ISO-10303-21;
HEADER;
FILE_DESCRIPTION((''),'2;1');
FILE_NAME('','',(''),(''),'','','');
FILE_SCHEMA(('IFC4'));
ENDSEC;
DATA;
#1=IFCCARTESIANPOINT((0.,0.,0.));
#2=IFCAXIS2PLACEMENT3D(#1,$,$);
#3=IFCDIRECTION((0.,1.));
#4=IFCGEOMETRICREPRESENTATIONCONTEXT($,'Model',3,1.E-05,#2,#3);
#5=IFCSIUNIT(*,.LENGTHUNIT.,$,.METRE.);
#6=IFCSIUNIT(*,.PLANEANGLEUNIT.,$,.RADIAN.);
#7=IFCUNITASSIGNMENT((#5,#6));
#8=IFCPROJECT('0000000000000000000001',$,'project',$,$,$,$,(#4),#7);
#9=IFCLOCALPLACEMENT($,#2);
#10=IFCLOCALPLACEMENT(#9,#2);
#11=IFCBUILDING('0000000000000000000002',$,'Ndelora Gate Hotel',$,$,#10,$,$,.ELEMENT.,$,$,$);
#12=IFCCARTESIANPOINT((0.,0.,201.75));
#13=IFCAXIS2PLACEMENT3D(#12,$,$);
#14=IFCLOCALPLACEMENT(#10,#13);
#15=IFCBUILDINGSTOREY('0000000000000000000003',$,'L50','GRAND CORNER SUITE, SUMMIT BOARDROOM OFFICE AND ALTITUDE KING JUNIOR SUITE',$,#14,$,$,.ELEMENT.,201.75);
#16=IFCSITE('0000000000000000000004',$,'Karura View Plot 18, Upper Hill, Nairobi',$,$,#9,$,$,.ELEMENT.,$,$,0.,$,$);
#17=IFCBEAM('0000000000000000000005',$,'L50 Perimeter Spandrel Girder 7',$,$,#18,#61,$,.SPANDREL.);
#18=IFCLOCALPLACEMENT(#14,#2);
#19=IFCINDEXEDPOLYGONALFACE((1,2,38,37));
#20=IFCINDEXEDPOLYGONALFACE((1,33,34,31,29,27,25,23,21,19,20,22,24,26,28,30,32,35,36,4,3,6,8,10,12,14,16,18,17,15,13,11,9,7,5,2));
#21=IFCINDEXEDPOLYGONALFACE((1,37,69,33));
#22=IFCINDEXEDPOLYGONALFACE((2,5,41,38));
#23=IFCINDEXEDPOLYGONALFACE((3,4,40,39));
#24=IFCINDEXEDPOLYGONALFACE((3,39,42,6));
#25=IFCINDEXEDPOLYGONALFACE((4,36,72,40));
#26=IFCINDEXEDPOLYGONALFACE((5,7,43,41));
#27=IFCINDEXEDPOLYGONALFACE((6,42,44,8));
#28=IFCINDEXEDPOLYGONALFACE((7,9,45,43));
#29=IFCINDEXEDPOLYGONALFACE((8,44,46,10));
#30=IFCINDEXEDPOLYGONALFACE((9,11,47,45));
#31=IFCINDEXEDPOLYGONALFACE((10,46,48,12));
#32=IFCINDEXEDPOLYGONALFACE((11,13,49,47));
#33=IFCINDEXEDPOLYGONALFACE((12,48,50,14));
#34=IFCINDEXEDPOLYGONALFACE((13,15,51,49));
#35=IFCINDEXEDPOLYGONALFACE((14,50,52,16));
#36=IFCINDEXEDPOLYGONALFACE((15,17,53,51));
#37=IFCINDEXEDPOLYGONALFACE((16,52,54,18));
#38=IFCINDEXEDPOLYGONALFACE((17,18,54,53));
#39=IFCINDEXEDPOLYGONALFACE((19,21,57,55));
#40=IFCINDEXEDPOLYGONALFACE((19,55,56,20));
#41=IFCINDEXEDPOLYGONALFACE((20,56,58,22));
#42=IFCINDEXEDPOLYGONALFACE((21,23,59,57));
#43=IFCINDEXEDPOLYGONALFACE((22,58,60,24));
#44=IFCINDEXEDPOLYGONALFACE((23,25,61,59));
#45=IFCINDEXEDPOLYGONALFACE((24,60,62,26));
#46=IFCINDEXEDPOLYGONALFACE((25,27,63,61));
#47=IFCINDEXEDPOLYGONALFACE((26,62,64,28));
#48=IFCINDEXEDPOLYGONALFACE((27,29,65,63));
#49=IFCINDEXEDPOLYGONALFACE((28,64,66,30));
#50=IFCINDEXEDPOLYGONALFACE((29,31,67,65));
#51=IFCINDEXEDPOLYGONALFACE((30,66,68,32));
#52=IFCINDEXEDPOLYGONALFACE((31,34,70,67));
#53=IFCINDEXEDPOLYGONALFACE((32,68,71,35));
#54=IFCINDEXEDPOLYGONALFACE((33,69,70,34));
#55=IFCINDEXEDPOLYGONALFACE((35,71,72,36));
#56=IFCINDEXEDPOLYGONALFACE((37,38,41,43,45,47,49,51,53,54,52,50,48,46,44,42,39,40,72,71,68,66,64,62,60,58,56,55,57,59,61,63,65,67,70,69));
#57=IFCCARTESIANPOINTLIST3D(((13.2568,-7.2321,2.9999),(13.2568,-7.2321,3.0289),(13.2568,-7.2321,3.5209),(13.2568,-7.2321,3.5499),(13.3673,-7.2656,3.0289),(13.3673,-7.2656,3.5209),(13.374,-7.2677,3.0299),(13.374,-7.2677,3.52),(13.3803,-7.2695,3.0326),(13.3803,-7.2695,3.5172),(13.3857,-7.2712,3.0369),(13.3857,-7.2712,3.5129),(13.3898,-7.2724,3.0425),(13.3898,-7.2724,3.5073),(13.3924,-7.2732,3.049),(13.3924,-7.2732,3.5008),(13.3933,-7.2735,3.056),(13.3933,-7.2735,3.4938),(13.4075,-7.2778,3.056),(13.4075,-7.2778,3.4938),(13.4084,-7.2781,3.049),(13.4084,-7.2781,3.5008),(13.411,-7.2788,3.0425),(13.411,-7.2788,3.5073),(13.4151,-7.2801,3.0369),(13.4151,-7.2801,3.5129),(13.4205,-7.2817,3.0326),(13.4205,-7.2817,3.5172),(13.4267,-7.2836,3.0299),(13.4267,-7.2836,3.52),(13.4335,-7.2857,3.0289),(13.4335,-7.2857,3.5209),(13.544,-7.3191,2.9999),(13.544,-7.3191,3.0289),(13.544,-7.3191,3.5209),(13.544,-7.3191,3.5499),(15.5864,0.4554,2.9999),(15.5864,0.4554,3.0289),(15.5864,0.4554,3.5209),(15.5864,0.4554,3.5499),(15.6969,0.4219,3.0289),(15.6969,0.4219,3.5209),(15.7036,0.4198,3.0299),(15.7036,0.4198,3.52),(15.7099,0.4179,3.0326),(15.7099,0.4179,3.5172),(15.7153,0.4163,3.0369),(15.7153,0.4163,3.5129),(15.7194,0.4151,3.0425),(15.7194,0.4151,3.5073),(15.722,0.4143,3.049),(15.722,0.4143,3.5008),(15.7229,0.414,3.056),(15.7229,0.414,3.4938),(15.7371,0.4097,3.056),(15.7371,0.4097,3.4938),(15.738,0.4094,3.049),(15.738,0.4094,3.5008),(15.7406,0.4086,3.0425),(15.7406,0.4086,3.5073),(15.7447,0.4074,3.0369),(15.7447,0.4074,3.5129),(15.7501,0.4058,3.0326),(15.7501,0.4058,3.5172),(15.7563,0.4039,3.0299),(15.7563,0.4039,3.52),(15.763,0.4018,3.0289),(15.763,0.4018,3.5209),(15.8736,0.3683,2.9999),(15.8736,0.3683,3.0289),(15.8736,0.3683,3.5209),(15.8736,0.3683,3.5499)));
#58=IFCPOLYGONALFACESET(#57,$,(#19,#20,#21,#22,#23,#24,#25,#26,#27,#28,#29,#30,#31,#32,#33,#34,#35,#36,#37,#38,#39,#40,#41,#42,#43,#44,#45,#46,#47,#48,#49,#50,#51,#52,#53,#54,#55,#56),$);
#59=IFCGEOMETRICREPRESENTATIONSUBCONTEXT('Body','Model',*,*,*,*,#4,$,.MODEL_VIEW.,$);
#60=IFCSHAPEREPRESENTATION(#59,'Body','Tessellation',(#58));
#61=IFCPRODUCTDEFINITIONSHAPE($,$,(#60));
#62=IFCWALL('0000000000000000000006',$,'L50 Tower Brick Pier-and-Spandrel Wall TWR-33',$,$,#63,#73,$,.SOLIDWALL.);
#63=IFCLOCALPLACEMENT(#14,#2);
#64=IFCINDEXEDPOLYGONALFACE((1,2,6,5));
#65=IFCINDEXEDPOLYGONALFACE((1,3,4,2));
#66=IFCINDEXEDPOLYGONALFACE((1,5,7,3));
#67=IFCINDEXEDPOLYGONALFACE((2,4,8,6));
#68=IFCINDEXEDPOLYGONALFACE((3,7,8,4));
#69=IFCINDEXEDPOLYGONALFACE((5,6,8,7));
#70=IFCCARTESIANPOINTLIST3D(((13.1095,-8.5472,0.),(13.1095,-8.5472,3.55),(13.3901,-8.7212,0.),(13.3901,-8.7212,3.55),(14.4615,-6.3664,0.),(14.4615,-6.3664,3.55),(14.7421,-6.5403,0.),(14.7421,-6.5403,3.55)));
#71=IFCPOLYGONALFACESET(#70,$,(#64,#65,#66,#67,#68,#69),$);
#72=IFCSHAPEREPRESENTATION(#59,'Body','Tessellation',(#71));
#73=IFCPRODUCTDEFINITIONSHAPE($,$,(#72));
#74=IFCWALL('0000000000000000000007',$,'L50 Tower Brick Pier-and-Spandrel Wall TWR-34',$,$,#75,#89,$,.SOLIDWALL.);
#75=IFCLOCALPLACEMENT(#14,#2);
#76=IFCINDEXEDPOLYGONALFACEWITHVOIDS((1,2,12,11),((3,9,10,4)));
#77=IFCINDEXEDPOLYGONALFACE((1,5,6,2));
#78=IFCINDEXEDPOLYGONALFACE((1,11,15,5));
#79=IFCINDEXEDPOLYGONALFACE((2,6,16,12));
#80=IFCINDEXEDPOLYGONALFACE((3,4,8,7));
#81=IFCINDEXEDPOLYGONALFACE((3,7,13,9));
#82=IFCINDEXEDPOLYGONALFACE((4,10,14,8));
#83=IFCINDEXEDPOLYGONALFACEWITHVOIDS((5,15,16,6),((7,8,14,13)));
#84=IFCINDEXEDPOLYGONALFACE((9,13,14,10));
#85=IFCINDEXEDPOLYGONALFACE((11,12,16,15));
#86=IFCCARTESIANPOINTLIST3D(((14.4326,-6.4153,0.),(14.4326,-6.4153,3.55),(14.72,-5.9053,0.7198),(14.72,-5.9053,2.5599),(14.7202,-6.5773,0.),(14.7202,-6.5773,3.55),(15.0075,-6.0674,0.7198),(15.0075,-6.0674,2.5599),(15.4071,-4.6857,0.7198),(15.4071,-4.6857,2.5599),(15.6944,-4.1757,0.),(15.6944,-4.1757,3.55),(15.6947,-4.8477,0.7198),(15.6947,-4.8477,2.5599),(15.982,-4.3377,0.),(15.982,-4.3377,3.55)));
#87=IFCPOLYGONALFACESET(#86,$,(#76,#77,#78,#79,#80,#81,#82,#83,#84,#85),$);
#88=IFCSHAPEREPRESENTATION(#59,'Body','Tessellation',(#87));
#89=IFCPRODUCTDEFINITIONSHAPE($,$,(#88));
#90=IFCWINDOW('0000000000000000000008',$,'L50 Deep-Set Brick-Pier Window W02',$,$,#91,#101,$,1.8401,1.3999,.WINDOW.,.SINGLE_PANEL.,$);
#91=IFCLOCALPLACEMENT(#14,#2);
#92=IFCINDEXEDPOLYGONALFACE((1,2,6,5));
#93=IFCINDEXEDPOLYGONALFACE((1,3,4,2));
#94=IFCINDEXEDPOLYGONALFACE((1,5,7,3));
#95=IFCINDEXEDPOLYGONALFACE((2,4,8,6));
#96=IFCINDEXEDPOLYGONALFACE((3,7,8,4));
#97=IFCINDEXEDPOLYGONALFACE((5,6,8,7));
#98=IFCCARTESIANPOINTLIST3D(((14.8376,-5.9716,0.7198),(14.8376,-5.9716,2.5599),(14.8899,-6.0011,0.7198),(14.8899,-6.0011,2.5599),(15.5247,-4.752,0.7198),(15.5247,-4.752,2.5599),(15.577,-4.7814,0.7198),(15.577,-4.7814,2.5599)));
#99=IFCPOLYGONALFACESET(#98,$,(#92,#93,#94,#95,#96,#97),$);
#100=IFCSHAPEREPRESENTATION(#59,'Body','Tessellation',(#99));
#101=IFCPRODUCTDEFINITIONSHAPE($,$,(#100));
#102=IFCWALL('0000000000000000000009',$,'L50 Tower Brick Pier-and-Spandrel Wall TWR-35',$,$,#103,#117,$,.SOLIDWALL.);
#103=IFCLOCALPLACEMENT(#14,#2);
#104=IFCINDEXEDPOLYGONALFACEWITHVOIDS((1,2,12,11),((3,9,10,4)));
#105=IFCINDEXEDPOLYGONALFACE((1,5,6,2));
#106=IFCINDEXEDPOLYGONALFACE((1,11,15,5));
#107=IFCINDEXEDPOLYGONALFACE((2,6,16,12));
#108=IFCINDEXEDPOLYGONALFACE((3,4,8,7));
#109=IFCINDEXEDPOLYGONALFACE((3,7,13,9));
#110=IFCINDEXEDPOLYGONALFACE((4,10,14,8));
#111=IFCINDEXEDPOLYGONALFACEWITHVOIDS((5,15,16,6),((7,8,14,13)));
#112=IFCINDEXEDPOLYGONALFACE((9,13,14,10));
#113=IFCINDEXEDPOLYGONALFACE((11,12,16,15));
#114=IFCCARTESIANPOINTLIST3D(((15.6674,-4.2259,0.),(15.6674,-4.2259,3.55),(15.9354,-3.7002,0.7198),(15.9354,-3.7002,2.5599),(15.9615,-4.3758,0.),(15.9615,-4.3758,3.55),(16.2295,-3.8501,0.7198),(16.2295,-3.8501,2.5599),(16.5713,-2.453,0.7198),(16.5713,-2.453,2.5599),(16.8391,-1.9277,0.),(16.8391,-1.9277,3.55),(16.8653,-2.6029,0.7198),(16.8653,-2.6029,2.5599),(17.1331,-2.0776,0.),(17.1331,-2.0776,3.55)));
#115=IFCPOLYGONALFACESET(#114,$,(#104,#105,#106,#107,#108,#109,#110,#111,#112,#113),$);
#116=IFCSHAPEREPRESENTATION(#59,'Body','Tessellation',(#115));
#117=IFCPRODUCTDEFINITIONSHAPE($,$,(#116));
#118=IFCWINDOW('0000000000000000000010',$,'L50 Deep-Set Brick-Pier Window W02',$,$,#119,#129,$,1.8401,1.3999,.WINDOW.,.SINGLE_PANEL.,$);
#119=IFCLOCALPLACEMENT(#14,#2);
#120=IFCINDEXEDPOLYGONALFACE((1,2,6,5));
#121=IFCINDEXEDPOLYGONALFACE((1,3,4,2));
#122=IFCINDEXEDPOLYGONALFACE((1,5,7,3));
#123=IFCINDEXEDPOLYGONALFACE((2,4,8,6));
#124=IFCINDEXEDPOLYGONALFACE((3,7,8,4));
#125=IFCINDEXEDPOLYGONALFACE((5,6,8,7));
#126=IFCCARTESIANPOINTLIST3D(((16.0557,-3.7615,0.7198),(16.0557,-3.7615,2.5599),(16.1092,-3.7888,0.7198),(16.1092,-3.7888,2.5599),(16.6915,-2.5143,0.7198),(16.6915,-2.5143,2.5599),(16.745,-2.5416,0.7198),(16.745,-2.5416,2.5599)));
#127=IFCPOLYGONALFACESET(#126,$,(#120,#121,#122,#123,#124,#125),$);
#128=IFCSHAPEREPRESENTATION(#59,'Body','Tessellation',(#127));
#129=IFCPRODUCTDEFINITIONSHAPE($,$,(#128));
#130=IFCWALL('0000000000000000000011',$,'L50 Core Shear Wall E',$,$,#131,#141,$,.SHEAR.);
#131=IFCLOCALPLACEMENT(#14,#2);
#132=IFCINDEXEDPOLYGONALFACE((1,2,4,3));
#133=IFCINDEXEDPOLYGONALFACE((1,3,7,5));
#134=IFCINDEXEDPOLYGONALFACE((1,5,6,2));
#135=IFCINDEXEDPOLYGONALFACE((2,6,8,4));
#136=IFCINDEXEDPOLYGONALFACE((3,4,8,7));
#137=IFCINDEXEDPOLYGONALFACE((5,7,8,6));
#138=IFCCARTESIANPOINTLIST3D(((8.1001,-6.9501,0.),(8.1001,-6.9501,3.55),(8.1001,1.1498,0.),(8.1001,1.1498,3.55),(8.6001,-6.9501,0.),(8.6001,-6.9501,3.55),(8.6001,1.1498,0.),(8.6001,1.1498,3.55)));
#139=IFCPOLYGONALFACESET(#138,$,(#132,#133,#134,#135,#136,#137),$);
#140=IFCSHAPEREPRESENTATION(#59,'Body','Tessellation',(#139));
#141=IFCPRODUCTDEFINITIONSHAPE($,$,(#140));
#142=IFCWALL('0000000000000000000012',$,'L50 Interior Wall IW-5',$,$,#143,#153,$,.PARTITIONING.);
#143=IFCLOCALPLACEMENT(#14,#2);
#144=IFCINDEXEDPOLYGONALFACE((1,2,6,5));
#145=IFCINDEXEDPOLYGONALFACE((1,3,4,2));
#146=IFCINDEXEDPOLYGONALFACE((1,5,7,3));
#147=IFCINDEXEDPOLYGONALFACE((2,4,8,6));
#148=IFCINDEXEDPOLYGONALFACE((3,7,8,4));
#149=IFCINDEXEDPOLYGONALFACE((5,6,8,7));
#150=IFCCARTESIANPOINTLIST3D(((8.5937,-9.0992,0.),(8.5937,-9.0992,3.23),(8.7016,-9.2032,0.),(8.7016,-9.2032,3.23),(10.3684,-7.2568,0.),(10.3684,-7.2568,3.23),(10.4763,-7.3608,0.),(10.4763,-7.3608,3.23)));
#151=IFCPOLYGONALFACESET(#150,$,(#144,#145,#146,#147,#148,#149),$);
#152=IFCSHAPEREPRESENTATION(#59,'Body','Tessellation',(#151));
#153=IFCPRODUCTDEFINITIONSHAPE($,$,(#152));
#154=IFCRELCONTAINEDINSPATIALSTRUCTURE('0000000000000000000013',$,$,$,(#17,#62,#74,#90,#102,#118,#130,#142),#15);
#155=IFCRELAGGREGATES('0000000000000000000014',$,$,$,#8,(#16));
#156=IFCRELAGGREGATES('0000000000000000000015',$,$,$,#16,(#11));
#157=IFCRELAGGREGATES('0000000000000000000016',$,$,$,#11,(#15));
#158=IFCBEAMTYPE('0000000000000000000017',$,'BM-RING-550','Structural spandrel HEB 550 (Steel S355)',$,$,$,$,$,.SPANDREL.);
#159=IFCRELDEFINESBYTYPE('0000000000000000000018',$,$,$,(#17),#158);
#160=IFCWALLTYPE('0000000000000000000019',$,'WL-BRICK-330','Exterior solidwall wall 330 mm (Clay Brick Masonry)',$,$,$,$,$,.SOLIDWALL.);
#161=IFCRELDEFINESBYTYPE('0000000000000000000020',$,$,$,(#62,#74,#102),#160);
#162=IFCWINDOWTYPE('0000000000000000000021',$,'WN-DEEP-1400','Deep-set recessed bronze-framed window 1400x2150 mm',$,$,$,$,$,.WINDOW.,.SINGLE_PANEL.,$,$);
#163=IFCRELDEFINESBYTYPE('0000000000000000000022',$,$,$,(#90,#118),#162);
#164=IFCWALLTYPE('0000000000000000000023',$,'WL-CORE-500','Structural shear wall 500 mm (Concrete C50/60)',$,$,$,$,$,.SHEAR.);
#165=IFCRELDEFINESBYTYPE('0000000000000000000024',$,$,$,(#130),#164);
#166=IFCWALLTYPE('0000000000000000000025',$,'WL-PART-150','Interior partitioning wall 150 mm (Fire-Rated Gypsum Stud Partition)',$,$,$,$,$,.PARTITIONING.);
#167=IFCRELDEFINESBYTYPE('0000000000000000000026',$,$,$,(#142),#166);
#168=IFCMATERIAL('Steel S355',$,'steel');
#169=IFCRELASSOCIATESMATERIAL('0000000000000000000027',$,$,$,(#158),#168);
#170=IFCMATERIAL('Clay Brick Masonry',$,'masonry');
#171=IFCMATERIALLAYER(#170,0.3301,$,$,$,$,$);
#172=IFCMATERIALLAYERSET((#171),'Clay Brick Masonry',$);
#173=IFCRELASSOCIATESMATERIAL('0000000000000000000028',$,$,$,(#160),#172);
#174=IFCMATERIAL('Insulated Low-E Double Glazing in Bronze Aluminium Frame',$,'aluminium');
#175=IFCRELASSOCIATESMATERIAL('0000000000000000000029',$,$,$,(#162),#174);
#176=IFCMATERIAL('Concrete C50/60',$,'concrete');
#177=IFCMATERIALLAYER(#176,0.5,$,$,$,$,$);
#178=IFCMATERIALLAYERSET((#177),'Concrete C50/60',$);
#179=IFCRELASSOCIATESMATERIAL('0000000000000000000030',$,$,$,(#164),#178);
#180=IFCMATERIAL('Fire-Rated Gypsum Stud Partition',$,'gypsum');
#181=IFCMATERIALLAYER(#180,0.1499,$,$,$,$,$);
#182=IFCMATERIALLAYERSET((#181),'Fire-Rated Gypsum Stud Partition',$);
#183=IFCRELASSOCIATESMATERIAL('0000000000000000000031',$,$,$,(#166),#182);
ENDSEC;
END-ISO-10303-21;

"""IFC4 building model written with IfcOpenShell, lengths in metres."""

from ifc_helpers import new_model, si_unit, direction, frame, frame_2d, origin, origin_2d, place, context, subcontext, project, spatial, rectangle, i_section, extrude, material, layer, layer_set, material_profile, profile_set, type_object, element, fill, save


model = new_model("IFC4")

# Units and contexts
model_context = context("Model", 3, precision=1e-05, world=origin(), true_north=direction((0.0, 1.0)))
body_context = subcontext(model_context, "Body", "Model", "MODEL_VIEW")
ifc_project = project(units=[si_unit("LENGTHUNIT", "METRE"), si_unit("PLANEANGLEUNIT", "RADIAN")], contexts=[model_context])

# Site, building, storey
site_placement = place(None, origin())
site = spatial("IfcSite", under=ifc_project, at=site_placement, Name="Karura View Plot 18, Upper Hill, Nairobi", CompositionType="ELEMENT", RefElevation=0.0)
building_placement = place(site_placement, origin())
building = spatial("IfcBuilding", under=site, at=building_placement, Name="Ndelora Gate Hotel", CompositionType="ELEMENT")
storey_placement = place(building_placement, frame((0.0, 0.0, 201.75)))
storey = spatial("IfcBuildingStorey", under=building, at=storey_placement, Name="L50", Description="GRAND CORNER SUITE, SUMMIT BOARDROOM OFFICE AND ALTITUDE KING JUNIOR SUITE", CompositionType="ELEMENT", Elevation=201.75)

# Shared definitions
ifc_material_1 = material(Name="Concrete C50/60", Category="concrete")

# Beam
ifc_material_2 = material(Name="Steel S355", Category="steel")
ifc_material_profile_1 = material_profile(ifc_material_2, i_section(OverallWidth=0.3, OverallDepth=0.55, WebThickness=0.0149, FlangeThickness=0.0291, FilletRadius=0.0271, at=origin_2d()), Name="HEB 550")
ifc_profile_set_1 = profile_set([ifc_material_profile_1], Name="Steel S355")
beam_type_1 = type_object("IfcBeamType", Name="BM-RING-550", Description="Structural spandrel HEB 550 (Steel S355)", PredefinedType="SPANDREL", material=ifc_profile_set_1)
beam_1_placement = place(storey_placement, frame((13.4004, -7.2756, 3.2749), z_axis=(0.290012, 0.957023, 0.0), x_axis=(-0.957023, 0.290012, 0.0)))
element("IfcBeam", 1, at=beam_1_placement, inside=storey, type_object=beam_type_1, Name="L50 Perimeter Spandrel Girder 7", PredefinedType="SPANDREL", context=body_context, shape_type="SweptSolid", body=[
    extrude(i_section(OverallWidth=0.3, OverallDepth=0.55, WebThickness=0.0149, FlangeThickness=0.0291, FilletRadius=0.0271, at=origin_2d()), origin(), (0.0, 0.0, 1.0), 8.0327),
])

# Wall
ifc_material_3 = material(Name="Clay Brick Masonry", Category="masonry")
ifc_layer_1 = layer(ifc_material_3, 0.3301)
ifc_layer_set_1 = layer_set([ifc_layer_1], Name="Clay Brick Masonry")
wall_type_1 = type_object("IfcWallType", Name="WL-BRICK-330", Description="Exterior solidwall wall 330 mm (Clay Brick Masonry)", PredefinedType="SOLIDWALL", material=ifc_layer_set_1)
wall_1_placement = place(storey_placement, frame((14.6018, -6.4534, 0.0), z_axis=(0.0, 0.0, 1.0), x_axis=(-0.526908, -0.849922, 0.0)))
element("IfcWall", 2, at=wall_1_placement, inside=storey, type_object=wall_type_1, Name="L50 Tower Brick Pier-and-Spandrel Wall TWR-33", PredefinedType="SOLIDWALL", context=body_context, shape_type="SweptSolid", body=[
    extrude(rectangle(XDim=2.5659, YDim=0.3301, at=frame_2d((1.283, 0.0))), origin(), (0.0, 0.0, 1.0), 3.55),
])

# Walls, openings, windows
wall_2_placement = place(storey_placement, frame((15.8381, -4.2568, 0.0), z_axis=(0.0, 0.0, 1.0), x_axis=(-0.490852, -0.871243, 0.0)))
wall_2 = element("IfcWall", 3, at=wall_2_placement, inside=storey, type_object=wall_type_1, Name="L50 Tower Brick Pier-and-Spandrel Wall TWR-34", PredefinedType="SOLIDWALL", context=body_context, shape_type="SweptSolid", body=[
    extrude(rectangle(XDim=2.5706, YDim=0.3301, at=frame_2d((1.2852, 0.0))), origin(), (0.0, 0.0, 1.0), 3.55),
])
opening_1_placement = place(wall_2_placement, frame((0.5852, 0.0, 0.72)))
opening_1 = element("IfcOpeningElement", 4, at=opening_1_placement, cuts=wall_2, PredefinedType="OPENING", context=body_context, shape_type="SweptSolid", body=[
    extrude(rectangle(XDim=1.3999, YDim=1.8401, at=frame_2d((0.7, 0.9199))), frame((0.0, 0.175, 0.0), z_axis=(0.0, -1.0, 0.0), x_axis=(1.0, 0.0, 0.0)), (0.0, 0.0, 1.0), 0.3501),
])
ifc_material_4 = material(Name="Insulated Low-E Double Glazing in Bronze Aluminium Frame", Category="aluminium")
window_type = type_object("IfcWindowType", Name="WN-DEEP-1400", Description="Deep-set recessed bronze-framed window 1400x2150 mm", PartitioningType="SINGLE_PANEL", PredefinedType="WINDOW", material=ifc_material_4)
window_1_placement = place(opening_1_placement, origin())
window_1 = element("IfcWindow", 5, at=window_1_placement, inside=storey, type_object=window_type, Name="L50 Deep-Set Brick-Pier Window W02", OverallHeight=1.8401, OverallWidth=1.3999, PartitioningType="SINGLE_PANEL", PredefinedType="WINDOW", context=body_context, shape_type="SweptSolid", body=[
    extrude(rectangle(XDim=1.3999, YDim=1.8401, at=frame_2d((0.7, 0.9199))), frame((0.0, 0.03, 0.0), z_axis=(0.0, -1.0, 0.0), x_axis=(1.0, 0.0, 0.0)), (0.0, 0.0, 1.0), 0.0601),
])
fill(opening_1, window_1)
wall_3_placement = place(storey_placement, frame((16.9861, -2.0027, 0.0), z_axis=(0.0, 0.0, 1.0), x_axis=(-0.454204, -0.890898, 0.0)))
wall_3 = element("IfcWall", 6, at=wall_3_placement, inside=storey, type_object=wall_type_1, Name="L50 Tower Brick Pier-and-Spandrel Wall TWR-35", PredefinedType="SOLIDWALL", context=body_context, shape_type="SweptSolid", body=[
    extrude(rectangle(XDim=2.5796, YDim=0.3301, at=frame_2d((1.2898, 0.0))), origin(), (0.0, 0.0, 1.0), 3.55),
])
opening_2_placement = place(wall_3_placement, frame((0.5896, 0.0, 0.72)))
opening_2 = element("IfcOpeningElement", 7, at=opening_2_placement, cuts=wall_3, PredefinedType="OPENING", context=body_context, shape_type="SweptSolid", body=[
    extrude(rectangle(XDim=1.3999, YDim=1.8401, at=frame_2d((0.7, 0.9199))), frame((0.0, 0.175, 0.0), z_axis=(0.0, -1.0, 0.0), x_axis=(1.0, 0.0, 0.0)), (0.0, 0.0, 1.0), 0.3501),
])
window_2_placement = place(opening_2_placement, origin())
window_2 = element("IfcWindow", 8, at=window_2_placement, inside=storey, type_object=window_type, Name="L50 Deep-Set Brick-Pier Window W02", OverallHeight=1.8401, OverallWidth=1.3999, PartitioningType="SINGLE_PANEL", PredefinedType="WINDOW", context=body_context, shape_type="SweptSolid", body=[
    extrude(rectangle(XDim=1.3999, YDim=1.8401, at=frame_2d((0.7, 0.9199))), frame((0.0, 0.03, 0.0), z_axis=(0.0, -1.0, 0.0), x_axis=(1.0, 0.0, 0.0)), (0.0, 0.0, 1.0), 0.0601),
])
fill(opening_2, window_2)

# Walls
ifc_layer_2 = layer(ifc_material_1, 0.5)
ifc_layer_set_2 = layer_set([ifc_layer_2], Name="Concrete C50/60")
wall_type_2 = type_object("IfcWallType", Name="WL-CORE-500", Description="Structural shear wall 500 mm (Concrete C50/60)", PredefinedType="SHEAR", material=ifc_layer_set_2)
wall_4_placement = place(storey_placement, frame((8.3501, -6.95, 0.0), z_axis=(0.0, 0.0, 1.0), x_axis=(0.0, 1.0, 0.0)))
element("IfcWall", 9, at=wall_4_placement, inside=storey, type_object=wall_type_2, Name="L50 Core Shear Wall E", PredefinedType="SHEAR", context=body_context, shape_type="SweptSolid", body=[
    extrude(rectangle(XDim=8.0999, YDim=0.5, at=frame_2d((4.0498, 0.0))), origin(), (0.0, 0.0, 1.0), 3.55),
])
ifc_material_5 = material(Name="Fire-Rated Gypsum Stud Partition", Category="gypsum")
ifc_layer_3 = layer(ifc_material_5, 0.1499)
ifc_layer_set_3 = layer_set([ifc_layer_3], Name="Fire-Rated Gypsum Stud Partition")
wall_type_3 = type_object("IfcWallType", Name="WL-PART-150", Description="Interior partitioning wall 150 mm (Fire-Rated Gypsum Stud Partition)", PredefinedType="PARTITIONING", material=ifc_layer_set_3)
wall_5_placement = place(storey_placement, frame((10.4224, -7.3088, 0.0), z_axis=(0.0, 0.0, 1.0), x_axis=(-0.693765, -0.720202, 0.0)))
element("IfcWall", 10, at=wall_5_placement, inside=storey, type_object=wall_type_3, Name="L50 Interior Wall IW-5", PredefinedType="PARTITIONING", context=body_context, shape_type="SweptSolid", body=[
    extrude(rectangle(XDim=2.5581, YDim=0.1499, at=frame_2d((1.2791, 0.0))), origin(), (0.0, 0.0, 1.0), 3.23),
])

save(model, "model.ifc")
